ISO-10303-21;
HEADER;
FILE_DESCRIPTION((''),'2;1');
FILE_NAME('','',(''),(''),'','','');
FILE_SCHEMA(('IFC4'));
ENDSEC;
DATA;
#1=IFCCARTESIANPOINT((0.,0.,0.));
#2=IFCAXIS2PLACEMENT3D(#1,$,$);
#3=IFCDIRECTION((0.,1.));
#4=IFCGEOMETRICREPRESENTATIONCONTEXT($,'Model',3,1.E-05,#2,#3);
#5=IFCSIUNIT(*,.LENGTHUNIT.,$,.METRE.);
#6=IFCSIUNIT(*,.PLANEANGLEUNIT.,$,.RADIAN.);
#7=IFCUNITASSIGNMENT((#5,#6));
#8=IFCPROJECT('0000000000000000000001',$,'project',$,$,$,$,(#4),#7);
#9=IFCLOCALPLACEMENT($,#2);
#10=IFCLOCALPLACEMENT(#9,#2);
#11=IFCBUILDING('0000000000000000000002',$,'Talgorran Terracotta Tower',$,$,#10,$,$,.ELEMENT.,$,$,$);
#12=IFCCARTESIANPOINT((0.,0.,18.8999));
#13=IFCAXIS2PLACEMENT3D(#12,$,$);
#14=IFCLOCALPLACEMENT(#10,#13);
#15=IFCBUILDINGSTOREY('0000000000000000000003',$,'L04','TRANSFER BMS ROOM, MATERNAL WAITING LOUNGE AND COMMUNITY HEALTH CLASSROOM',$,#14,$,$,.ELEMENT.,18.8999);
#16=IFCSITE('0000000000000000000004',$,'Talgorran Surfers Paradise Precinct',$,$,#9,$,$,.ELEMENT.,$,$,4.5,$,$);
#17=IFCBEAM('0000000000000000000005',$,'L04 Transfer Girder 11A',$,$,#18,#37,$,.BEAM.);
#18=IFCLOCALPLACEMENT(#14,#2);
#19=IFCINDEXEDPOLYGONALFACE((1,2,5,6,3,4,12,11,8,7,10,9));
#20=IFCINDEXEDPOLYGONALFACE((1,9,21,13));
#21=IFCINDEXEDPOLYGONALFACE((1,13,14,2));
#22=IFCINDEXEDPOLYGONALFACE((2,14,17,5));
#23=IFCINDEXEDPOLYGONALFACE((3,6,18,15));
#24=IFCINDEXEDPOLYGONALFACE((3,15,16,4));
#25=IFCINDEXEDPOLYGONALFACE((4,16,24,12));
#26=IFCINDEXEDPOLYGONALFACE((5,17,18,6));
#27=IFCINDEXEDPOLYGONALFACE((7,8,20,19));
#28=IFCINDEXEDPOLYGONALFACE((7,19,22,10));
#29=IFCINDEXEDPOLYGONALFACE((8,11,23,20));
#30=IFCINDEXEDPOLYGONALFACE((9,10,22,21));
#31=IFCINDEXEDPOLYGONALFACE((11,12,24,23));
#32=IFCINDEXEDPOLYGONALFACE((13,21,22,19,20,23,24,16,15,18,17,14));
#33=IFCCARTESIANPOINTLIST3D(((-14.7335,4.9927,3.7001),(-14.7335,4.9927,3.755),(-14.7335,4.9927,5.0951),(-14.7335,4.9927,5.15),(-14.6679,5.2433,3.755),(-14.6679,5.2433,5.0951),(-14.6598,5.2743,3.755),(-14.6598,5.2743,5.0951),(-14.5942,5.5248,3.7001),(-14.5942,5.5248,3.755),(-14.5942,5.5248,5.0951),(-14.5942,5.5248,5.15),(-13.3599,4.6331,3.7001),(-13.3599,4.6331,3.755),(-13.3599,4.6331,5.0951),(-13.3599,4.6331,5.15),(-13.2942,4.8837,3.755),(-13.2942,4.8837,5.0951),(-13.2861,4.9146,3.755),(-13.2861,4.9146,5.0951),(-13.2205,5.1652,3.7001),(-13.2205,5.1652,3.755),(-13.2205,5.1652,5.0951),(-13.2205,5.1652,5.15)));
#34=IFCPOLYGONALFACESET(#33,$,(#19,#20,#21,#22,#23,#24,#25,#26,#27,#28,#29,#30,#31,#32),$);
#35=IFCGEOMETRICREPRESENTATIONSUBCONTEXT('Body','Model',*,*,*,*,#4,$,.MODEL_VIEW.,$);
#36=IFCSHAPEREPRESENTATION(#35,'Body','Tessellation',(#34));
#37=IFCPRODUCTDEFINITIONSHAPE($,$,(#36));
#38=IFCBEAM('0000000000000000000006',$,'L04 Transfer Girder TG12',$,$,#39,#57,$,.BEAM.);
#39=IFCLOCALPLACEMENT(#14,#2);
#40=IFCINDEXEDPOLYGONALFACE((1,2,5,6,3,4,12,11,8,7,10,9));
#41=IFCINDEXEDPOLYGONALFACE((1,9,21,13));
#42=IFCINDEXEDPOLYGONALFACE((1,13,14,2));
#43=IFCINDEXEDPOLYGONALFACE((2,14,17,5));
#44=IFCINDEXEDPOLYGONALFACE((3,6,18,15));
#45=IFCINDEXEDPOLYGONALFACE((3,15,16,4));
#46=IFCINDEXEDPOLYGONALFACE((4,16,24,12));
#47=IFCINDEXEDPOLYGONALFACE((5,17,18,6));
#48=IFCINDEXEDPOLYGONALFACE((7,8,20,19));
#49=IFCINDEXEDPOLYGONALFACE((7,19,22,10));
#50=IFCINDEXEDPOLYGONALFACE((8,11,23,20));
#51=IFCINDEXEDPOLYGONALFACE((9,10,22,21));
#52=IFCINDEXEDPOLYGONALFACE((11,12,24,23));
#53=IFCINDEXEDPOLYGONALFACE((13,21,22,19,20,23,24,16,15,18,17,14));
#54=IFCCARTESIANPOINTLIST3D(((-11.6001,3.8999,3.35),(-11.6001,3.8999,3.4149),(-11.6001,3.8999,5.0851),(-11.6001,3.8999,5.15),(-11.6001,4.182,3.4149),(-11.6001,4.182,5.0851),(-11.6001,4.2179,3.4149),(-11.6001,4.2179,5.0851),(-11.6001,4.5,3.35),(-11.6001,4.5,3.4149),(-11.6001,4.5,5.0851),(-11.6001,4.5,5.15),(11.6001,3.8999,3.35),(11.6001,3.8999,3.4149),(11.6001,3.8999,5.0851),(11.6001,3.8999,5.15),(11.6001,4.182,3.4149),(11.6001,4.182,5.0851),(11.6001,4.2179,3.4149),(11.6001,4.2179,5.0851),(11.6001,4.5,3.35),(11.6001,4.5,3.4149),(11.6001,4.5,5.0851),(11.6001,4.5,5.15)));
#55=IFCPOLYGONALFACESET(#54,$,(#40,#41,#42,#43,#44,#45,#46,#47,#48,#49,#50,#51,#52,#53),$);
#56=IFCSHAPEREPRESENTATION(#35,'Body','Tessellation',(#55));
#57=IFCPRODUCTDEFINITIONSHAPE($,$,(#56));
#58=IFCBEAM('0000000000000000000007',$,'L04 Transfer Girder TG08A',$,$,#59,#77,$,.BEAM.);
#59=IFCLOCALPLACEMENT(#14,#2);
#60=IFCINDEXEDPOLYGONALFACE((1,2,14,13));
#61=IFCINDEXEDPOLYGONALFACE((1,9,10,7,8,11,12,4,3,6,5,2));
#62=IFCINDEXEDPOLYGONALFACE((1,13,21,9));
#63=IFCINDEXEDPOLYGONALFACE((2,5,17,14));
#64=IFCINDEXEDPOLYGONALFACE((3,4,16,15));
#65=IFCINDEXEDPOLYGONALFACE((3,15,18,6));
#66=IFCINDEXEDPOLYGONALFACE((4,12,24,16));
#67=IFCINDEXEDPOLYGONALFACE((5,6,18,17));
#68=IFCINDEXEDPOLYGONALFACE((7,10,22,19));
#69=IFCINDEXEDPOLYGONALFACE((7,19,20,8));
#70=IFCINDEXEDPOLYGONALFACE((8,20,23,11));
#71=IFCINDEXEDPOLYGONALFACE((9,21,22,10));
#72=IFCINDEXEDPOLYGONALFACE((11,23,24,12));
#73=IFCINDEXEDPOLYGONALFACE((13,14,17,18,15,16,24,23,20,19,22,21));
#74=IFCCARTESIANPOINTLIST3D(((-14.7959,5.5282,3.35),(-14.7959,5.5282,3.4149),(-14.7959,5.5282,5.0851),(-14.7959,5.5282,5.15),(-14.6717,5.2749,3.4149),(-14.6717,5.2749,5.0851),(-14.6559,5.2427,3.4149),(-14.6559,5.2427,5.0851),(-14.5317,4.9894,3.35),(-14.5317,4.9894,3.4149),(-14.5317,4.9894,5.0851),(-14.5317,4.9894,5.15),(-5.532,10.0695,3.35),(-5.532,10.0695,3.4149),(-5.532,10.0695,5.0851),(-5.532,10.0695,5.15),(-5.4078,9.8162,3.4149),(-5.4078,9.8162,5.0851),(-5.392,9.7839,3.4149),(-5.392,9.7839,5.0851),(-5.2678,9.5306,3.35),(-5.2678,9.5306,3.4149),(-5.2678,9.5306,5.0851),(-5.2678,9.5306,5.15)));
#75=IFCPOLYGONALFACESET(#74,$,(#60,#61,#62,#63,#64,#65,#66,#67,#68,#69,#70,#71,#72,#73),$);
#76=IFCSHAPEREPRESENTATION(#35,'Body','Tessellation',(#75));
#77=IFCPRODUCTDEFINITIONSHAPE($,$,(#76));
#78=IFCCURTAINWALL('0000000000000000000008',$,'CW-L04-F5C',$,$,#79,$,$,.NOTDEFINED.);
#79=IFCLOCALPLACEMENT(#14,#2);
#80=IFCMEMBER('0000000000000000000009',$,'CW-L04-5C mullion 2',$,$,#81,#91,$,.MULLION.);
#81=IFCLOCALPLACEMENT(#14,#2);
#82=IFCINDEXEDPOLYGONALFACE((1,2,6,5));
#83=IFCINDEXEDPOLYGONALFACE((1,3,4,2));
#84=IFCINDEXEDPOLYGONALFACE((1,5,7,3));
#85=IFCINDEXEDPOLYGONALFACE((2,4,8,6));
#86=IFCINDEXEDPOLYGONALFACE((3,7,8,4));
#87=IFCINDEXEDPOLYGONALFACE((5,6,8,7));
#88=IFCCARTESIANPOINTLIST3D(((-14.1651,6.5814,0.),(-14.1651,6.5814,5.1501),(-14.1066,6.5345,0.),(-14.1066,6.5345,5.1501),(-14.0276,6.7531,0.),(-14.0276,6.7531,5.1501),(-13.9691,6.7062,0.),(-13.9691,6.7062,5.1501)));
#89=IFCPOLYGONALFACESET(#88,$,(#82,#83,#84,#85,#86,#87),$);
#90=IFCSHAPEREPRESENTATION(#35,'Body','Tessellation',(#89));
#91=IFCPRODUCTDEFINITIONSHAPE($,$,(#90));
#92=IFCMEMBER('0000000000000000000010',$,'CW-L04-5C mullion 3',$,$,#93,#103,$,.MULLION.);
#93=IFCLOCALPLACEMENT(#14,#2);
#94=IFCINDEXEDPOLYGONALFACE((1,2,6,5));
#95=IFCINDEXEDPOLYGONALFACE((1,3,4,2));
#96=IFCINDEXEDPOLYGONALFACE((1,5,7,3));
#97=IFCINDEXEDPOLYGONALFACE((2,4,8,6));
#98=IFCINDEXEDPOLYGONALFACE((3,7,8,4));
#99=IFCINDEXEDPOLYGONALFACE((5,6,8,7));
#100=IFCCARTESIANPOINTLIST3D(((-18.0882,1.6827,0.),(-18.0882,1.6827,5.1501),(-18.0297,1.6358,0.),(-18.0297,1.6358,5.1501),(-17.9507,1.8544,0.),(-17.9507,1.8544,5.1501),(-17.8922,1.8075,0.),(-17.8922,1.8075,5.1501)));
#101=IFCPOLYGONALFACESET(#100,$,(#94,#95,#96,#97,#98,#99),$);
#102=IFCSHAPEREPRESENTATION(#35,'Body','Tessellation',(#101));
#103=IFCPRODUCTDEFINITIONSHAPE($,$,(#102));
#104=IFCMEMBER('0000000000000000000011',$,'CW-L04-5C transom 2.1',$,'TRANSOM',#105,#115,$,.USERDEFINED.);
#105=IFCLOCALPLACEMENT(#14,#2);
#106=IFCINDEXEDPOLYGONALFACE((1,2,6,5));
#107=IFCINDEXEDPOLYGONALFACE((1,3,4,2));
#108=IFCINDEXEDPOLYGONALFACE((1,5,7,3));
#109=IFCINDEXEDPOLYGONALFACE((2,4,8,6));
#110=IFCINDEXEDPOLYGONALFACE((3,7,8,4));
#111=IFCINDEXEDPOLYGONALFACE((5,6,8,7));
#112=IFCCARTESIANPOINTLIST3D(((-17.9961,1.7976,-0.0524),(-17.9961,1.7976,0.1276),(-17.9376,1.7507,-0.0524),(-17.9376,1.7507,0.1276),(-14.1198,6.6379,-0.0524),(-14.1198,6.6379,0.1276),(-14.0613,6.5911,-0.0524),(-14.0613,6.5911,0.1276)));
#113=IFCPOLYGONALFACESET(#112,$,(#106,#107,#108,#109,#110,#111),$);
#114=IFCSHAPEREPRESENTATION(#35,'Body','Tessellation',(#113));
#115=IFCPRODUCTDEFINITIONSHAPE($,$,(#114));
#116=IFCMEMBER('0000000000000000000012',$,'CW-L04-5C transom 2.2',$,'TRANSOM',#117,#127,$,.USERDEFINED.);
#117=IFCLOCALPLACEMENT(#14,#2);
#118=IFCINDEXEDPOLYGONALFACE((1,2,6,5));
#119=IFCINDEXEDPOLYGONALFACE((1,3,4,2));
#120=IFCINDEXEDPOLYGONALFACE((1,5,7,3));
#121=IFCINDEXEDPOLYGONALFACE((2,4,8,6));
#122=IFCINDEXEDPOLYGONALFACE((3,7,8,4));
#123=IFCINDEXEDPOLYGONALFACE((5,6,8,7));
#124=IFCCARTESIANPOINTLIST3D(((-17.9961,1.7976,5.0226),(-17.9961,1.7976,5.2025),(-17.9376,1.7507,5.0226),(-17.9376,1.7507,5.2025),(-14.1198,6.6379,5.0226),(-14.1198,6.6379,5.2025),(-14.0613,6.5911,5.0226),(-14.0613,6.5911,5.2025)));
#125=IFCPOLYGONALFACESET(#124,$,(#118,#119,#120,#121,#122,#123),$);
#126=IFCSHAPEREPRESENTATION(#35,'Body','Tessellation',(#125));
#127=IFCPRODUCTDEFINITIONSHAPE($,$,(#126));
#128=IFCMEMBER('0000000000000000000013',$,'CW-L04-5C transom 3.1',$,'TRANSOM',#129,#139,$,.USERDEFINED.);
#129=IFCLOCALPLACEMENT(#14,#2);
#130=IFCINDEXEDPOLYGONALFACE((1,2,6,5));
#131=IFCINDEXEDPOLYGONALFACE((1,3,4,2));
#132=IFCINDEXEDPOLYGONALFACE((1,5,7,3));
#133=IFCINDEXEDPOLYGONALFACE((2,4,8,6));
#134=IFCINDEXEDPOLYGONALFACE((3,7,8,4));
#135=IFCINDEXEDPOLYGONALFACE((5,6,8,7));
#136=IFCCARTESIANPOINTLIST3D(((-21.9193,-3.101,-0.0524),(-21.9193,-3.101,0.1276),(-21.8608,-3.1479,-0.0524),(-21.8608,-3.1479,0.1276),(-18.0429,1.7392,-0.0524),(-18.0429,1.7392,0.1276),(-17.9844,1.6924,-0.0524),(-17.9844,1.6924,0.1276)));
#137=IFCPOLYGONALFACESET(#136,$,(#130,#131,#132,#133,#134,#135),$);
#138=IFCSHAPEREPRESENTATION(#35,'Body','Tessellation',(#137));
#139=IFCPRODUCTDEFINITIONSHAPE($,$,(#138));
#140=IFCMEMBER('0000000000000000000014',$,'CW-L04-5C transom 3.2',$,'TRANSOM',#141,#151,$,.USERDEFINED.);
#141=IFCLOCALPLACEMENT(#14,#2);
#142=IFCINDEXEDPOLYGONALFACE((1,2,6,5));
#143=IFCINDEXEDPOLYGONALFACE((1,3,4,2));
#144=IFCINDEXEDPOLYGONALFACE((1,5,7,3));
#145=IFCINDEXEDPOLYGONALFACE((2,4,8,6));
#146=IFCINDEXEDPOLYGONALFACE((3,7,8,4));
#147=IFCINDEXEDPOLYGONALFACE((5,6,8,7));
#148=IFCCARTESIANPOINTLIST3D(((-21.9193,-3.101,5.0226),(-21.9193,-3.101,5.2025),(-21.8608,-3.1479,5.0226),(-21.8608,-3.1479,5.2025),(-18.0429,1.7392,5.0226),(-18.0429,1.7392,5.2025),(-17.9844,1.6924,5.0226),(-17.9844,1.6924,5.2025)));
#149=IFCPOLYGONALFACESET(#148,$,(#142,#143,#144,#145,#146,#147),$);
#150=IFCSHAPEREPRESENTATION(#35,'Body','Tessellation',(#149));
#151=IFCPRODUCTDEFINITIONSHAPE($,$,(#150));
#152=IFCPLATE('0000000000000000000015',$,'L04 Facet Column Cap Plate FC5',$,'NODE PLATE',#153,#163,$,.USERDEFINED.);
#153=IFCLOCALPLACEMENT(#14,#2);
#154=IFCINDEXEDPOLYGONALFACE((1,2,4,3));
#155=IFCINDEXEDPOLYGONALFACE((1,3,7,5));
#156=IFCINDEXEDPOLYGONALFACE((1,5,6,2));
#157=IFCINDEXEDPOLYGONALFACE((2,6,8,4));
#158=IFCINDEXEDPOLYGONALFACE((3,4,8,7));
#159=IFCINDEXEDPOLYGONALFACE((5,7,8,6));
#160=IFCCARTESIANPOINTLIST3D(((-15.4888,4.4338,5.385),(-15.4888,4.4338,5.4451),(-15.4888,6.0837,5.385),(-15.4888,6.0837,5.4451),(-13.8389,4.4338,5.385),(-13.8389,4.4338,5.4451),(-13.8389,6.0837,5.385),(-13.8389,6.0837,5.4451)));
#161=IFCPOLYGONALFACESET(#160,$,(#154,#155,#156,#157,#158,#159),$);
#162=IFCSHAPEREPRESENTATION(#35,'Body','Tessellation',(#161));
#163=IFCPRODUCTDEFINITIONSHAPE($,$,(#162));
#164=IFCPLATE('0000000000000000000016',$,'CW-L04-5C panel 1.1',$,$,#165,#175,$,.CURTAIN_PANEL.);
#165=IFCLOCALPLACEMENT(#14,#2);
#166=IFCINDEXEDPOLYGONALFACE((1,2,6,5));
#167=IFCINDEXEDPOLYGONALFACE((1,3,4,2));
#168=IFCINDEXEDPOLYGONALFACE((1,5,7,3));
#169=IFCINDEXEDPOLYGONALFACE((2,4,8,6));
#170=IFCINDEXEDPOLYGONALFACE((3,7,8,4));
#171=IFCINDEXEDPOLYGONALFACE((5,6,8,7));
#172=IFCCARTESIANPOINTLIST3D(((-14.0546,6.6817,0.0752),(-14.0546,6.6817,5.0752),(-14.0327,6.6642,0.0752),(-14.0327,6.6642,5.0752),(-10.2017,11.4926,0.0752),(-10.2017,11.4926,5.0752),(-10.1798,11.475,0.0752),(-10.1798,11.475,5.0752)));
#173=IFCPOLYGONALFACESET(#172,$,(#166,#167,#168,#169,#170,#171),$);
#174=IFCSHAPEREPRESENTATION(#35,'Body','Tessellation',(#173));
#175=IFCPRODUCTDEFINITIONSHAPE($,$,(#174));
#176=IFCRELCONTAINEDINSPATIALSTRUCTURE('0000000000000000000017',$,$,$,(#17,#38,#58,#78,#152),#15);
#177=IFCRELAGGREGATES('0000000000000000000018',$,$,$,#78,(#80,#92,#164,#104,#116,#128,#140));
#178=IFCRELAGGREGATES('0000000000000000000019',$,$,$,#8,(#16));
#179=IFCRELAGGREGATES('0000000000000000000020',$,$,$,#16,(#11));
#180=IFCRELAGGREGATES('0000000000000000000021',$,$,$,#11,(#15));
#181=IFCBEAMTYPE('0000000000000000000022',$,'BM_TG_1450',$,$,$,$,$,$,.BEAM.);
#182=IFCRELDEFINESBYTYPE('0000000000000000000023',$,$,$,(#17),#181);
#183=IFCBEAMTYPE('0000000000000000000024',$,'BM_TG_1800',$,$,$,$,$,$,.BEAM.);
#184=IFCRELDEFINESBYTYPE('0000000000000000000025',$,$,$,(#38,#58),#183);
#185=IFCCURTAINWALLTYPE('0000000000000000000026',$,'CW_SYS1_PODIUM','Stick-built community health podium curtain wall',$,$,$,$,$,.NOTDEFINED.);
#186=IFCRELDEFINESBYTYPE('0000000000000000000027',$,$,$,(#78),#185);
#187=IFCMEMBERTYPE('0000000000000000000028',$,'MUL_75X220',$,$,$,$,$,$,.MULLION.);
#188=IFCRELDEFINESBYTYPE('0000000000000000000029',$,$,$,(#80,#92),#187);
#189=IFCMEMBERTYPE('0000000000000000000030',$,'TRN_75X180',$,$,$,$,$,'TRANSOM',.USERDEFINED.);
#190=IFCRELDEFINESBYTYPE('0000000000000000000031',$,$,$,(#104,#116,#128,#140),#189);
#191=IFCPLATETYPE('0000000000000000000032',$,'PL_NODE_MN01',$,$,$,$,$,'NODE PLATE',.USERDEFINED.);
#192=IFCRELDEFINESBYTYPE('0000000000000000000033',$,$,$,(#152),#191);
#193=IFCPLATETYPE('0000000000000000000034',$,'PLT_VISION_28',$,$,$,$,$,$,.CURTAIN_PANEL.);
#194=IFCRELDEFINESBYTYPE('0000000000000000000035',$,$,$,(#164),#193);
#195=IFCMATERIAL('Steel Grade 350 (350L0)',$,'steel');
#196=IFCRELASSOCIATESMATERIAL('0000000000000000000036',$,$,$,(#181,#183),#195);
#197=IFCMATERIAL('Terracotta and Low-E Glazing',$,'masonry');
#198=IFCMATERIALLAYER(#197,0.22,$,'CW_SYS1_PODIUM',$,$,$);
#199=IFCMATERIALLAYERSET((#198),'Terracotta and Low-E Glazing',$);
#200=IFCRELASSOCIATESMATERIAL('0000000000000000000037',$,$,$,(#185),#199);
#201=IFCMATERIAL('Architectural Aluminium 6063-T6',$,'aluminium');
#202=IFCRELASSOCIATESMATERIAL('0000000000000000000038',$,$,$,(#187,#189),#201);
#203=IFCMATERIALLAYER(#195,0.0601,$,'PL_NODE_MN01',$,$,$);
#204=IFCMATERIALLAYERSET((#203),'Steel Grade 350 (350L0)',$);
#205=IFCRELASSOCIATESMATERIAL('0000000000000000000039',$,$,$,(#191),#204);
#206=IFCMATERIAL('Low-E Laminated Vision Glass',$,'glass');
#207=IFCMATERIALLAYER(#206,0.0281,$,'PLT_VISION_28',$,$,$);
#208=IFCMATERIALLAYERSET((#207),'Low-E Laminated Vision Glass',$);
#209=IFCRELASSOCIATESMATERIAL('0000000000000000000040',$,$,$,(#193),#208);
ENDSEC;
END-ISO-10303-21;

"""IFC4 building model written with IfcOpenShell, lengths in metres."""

from ifc_helpers import new_model, si_unit, direction, frame, origin, origin_2d, place, context, subcontext, project, spatial, rectangle, i_section, extrude, source, transform, mapped, material, layer, layer_set, material_profile, profile_set, type_object, element, aggregate, save


model = new_model("IFC4")

# Units and contexts
model_context = context("Model", 3, precision=1e-05, world=origin(), true_north=direction((0.0, 1.0)))
body_context = subcontext(model_context, "Body", "Model", "MODEL_VIEW")
ifc_project = project(units=[si_unit("LENGTHUNIT", "METRE"), si_unit("PLANEANGLEUNIT", "RADIAN")], contexts=[model_context])

# Site, building, storey
site_placement = place(None, origin())
site = spatial("IfcSite", under=ifc_project, at=site_placement, Name="Talgorran Surfers Paradise Precinct", CompositionType="ELEMENT", RefElevation=4.5)
building_placement = place(site_placement, origin())
building = spatial("IfcBuilding", under=site, at=building_placement, Name="Talgorran Terracotta Tower", CompositionType="ELEMENT")
storey_placement = place(building_placement, frame((0.0, 0.0, 18.8999)))
storey = spatial("IfcBuildingStorey", under=building, at=storey_placement, Name="L04", Description="TRANSFER BMS ROOM, MATERNAL WAITING LOUNGE AND COMMUNITY HEALTH CLASSROOM", CompositionType="ELEMENT", Elevation=18.8999)

# Shared definitions
ifc_material_1 = material(Name="Steel Grade 350 (350L0)", Category="steel")

# Beams
ifc_material_profile_1 = material_profile(ifc_material_1, i_section(OverallWidth=0.55, OverallDepth=1.45, WebThickness=0.032, FlangeThickness=0.0549, at=origin_2d()), Name="TG1450X550")
ifc_profile_set_1 = profile_set([ifc_material_profile_1], Name="Steel Grade 350 (350L0)")
beam_type_1 = type_object("IfcBeamType", Name="BM_TG_1450", PredefinedType="BEAM", material=ifc_profile_set_1)
beam_1_placement = place(storey_placement, frame((-14.6638, 5.2588, 4.425), z_axis=(0.967392, -0.253283, 0.0), x_axis=(0.253283, 0.967392, 0.0)))
element("IfcBeam", 1, at=beam_1_placement, inside=storey, type_object=beam_type_1, Name="L04 Transfer Girder 11A", PredefinedType="BEAM", context=body_context, shape_type="SweptSolid", body=[
    extrude(i_section(OverallWidth=0.55, OverallDepth=1.45, WebThickness=0.032, FlangeThickness=0.0549, at=origin_2d()), origin(), (0.0, 0.0, 1.0), 1.4199),
])
ifc_material_profile_2 = material_profile(ifc_material_1, i_section(OverallWidth=0.6001, OverallDepth=1.8, WebThickness=0.0359, FlangeThickness=0.0649, at=origin_2d()), Name="TG1800X600")
ifc_profile_set_2 = profile_set([ifc_material_profile_2], Name="Steel Grade 350 (350L0)")
beam_type_2 = type_object("IfcBeamType", Name="BM_TG_1800", PredefinedType="BEAM", material=ifc_profile_set_2)
beam_2_placement = place(storey_placement, frame((-11.6001, 4.2, 4.25), z_axis=(1.0, 0.0, 0.0), x_axis=(0.0, 1.0, 0.0)))
element("IfcBeam", 2, at=beam_2_placement, inside=storey, type_object=beam_type_2, Name="L04 Transfer Girder TG12", PredefinedType="BEAM", context=body_context, shape_type="SweptSolid", body=[
    extrude(i_section(OverallWidth=0.6001, OverallDepth=1.8, WebThickness=0.0359, FlangeThickness=0.0649, at=origin_2d()), origin(), (0.0, 0.0, 1.0), 23.2002),
])
beam_3_placement = place(storey_placement, frame((-14.6638, 5.2588, 4.25), z_axis=(0.897916, 0.440167, 0.0), x_axis=(-0.440167, 0.897916, 0.0)))
element("IfcBeam", 3, at=beam_3_placement, inside=storey, type_object=beam_type_2, Name="L04 Transfer Girder TG08A", PredefinedType="BEAM", context=body_context, shape_type="SweptSolid", body=[
    extrude(i_section(OverallWidth=0.6001, OverallDepth=1.8, WebThickness=0.0359, FlangeThickness=0.0649, at=origin_2d()), origin(), (0.0, 0.0, 1.0), 10.3171),
])

# Curtain wall, members
ifc_material_2 = material(Name="Terracotta and Low-E Glazing", Category="masonry")
ifc_layer_1 = layer(ifc_material_2, 0.22, Name="CW_SYS1_PODIUM")
ifc_layer_set_1 = layer_set([ifc_layer_1], Name="Terracotta and Low-E Glazing")
curtain_wall_type = type_object("IfcCurtainWallType", Name="CW_SYS1_PODIUM", Description="Stick-built community health podium curtain wall", PredefinedType="NOTDEFINED", material=ifc_layer_set_1)
curtain_wall_placement = place(storey_placement, origin())
curtain_wall = element("IfcCurtainWall", 4, at=curtain_wall_placement, inside=storey, type_object=curtain_wall_type, Name="CW-L04-F5C", PredefinedType="NOTDEFINED")
ifc_material_3 = material(Name="Architectural Aluminium 6063-T6", Category="aluminium")
ifc_material_profile_3 = material_profile(ifc_material_3, rectangle(XDim=0.075, YDim=0.22, at=origin_2d()), Name="CWM75X220")
ifc_profile_set_3 = profile_set([ifc_material_profile_3], Name="Architectural Aluminium 6063-T6")
member_type_1 = type_object("IfcMemberType", Name="MUL_75X220", PredefinedType="MULLION", material=ifc_profile_set_3)
member_1_placement = place(storey_placement, frame((-14.0671, 6.6438, 0.0), z_axis=(0.0, 0.0, 1.0), x_axis=(0.780533, -0.625115, 0.0)))
member_1 = element("IfcMember", 5, at=member_1_placement, type_object=member_type_1, Name="CW-L04-5C mullion 2", PredefinedType="MULLION", context=body_context, shape_type="SweptSolid", body=[
    extrude(rectangle(XDim=0.075, YDim=0.22, at=origin_2d()), origin(), (0.0, 0.0, 1.0), 5.1501),
])
member_2_placement = place(storey_placement, frame((-17.9902, 1.7451, 0.0), z_axis=(0.0, 0.0, 1.0), x_axis=(0.780533, -0.625115, 0.0)))
member_2 = element("IfcMember", 6, at=member_2_placement, type_object=member_type_1, Name="CW-L04-5C mullion 3", PredefinedType="MULLION", context=body_context, shape_type="SweptSolid", body=[
    extrude(rectangle(XDim=0.075, YDim=0.22, at=origin_2d()), origin(), (0.0, 0.0, 1.0), 5.1501),
])
ifc_material_profile_4 = material_profile(ifc_material_3, rectangle(XDim=0.075, YDim=0.1799, at=origin_2d()), Name="CWT75X180")
ifc_profile_set_4 = profile_set([ifc_material_profile_4], Name="Architectural Aluminium 6063-T6")
member_type_2 = type_object("IfcMemberType", Name="TRN_75X180", ElementType="TRANSOM", PredefinedType="USERDEFINED", material=ifc_profile_set_4)
member_3_placement = place(storey_placement, frame((-14.0906, 6.6145, 0.0376), z_axis=(-0.625084, -0.780558, 0.0), x_axis=(0.780558, -0.625084, 0.0)))
member_3 = element("IfcMember", 7, at=member_3_placement, type_object=member_type_2, Name="CW-L04-5C transom 2.1", ObjectType="TRANSOM", PredefinedType="USERDEFINED", context=body_context, shape_type="SweptSolid", body=[
    extrude(rectangle(XDim=0.075, YDim=0.1799, at=origin_2d()), origin(), (0.0, 0.0, 1.0), 6.2012),
])
member_4_placement = place(storey_placement, frame((-14.0906, 6.6145, 5.1125), z_axis=(-0.625084, -0.780558, 0.0), x_axis=(0.780558, -0.625084, 0.0)))
member_4 = element("IfcMember", 8, at=member_4_placement, type_object=member_type_2, Name="CW-L04-5C transom 2.2", ObjectType="TRANSOM", PredefinedType="USERDEFINED", context=body_context, shape_type="SweptSolid", body=[
    extrude(rectangle(XDim=0.075, YDim=0.1799, at=origin_2d()), origin(), (0.0, 0.0, 1.0), 6.2012),
])
member_5_placement = place(storey_placement, frame((-18.0137, 1.7158, 0.0376), z_axis=(-0.625108, -0.780538, 0.0), x_axis=(0.780538, -0.625108, 0.0)))
member_5 = element("IfcMember", 9, at=member_5_placement, type_object=member_type_2, Name="CW-L04-5C transom 3.1", ObjectType="TRANSOM", PredefinedType="USERDEFINED", context=body_context, shape_type="SweptSolid", body=[
    extrude(rectangle(XDim=0.075, YDim=0.1799, at=origin_2d()), origin(), (0.0, 0.0, 1.0), 6.2012),
])
member_6_placement = place(storey_placement, frame((-18.0137, 1.7158, 5.1125), z_axis=(-0.625108, -0.780538, 0.0), x_axis=(0.780538, -0.625108, 0.0)))
member_6 = element("IfcMember", 10, at=member_6_placement, type_object=member_type_2, Name="CW-L04-5C transom 3.2", ObjectType="TRANSOM", PredefinedType="USERDEFINED", context=body_context, shape_type="SweptSolid", body=[
    extrude(rectangle(XDim=0.075, YDim=0.1799, at=origin_2d()), origin(), (0.0, 0.0, 1.0), 6.2012),
])

# Plates
ifc_layer_2 = layer(ifc_material_1, 0.0601, Name="PL_NODE_MN01")
ifc_layer_set_2 = layer_set([ifc_layer_2], Name="Steel Grade 350 (350L0)")
plate_type_1 = type_object("IfcPlateType", Name="PL_NODE_MN01", ElementType="NODE PLATE", PredefinedType="USERDEFINED", material=ifc_layer_set_2)
plate_1_placement = place(storey_placement, frame((-14.6638, 5.2588, 5.385), z_axis=(0.0, 0.0, 1.0), x_axis=(1.0, 0.0, 0.0)))
element("IfcPlate", 11, at=plate_1_placement, inside=storey, type_object=plate_type_1, Name="L04 Facet Column Cap Plate FC5", ObjectType="NODE PLATE", PredefinedType="USERDEFINED", context=body_context, shape_type="SweptSolid", body=[
    extrude(rectangle(XDim=1.6499, YDim=1.6499, at=origin_2d()), origin(), (0.0, 0.0, 1.0), 0.0601),
])
ifc_material_4 = material(Name="Low-E Laminated Vision Glass", Category="glass")
ifc_layer_3 = layer(ifc_material_4, 0.0281, Name="PLT_VISION_28")
ifc_layer_set_3 = layer_set([ifc_layer_3], Name="Low-E Laminated Vision Glass")
plate_type_2 = type_object("IfcPlateType", Name="PLT_VISION_28", PredefinedType="CURTAIN_PANEL", material=ifc_layer_set_3)
shared_shape_1 = source(origin(), body_context, "Body", "SweptSolid", [
    extrude(rectangle(XDim=6.1636, YDim=0.0281, at=origin_2d()), origin(), (0.0, 0.0, 1.0), 5.0),
])
plate_2_placement = place(storey_placement, frame((-12.1172, 9.0784, 0.0752), z_axis=(0.0, 0.0, 1.0), x_axis=(-0.625115, -0.780533, 0.0)))
plate_2 = element("IfcPlate", 12, at=plate_2_placement, type_object=plate_type_2, Name="CW-L04-5C panel 1.1", PredefinedType="CURTAIN_PANEL", context=body_context, shape_type="MappedRepresentation", body=[
    mapped(shared_shape_1, transform((0.0, 0.0, 0.0), scale=1.0)),
])
aggregate(curtain_wall, [member_1, member_2, plate_2, member_3, member_4, member_5, member_6])

save(model, "model.ifc")
